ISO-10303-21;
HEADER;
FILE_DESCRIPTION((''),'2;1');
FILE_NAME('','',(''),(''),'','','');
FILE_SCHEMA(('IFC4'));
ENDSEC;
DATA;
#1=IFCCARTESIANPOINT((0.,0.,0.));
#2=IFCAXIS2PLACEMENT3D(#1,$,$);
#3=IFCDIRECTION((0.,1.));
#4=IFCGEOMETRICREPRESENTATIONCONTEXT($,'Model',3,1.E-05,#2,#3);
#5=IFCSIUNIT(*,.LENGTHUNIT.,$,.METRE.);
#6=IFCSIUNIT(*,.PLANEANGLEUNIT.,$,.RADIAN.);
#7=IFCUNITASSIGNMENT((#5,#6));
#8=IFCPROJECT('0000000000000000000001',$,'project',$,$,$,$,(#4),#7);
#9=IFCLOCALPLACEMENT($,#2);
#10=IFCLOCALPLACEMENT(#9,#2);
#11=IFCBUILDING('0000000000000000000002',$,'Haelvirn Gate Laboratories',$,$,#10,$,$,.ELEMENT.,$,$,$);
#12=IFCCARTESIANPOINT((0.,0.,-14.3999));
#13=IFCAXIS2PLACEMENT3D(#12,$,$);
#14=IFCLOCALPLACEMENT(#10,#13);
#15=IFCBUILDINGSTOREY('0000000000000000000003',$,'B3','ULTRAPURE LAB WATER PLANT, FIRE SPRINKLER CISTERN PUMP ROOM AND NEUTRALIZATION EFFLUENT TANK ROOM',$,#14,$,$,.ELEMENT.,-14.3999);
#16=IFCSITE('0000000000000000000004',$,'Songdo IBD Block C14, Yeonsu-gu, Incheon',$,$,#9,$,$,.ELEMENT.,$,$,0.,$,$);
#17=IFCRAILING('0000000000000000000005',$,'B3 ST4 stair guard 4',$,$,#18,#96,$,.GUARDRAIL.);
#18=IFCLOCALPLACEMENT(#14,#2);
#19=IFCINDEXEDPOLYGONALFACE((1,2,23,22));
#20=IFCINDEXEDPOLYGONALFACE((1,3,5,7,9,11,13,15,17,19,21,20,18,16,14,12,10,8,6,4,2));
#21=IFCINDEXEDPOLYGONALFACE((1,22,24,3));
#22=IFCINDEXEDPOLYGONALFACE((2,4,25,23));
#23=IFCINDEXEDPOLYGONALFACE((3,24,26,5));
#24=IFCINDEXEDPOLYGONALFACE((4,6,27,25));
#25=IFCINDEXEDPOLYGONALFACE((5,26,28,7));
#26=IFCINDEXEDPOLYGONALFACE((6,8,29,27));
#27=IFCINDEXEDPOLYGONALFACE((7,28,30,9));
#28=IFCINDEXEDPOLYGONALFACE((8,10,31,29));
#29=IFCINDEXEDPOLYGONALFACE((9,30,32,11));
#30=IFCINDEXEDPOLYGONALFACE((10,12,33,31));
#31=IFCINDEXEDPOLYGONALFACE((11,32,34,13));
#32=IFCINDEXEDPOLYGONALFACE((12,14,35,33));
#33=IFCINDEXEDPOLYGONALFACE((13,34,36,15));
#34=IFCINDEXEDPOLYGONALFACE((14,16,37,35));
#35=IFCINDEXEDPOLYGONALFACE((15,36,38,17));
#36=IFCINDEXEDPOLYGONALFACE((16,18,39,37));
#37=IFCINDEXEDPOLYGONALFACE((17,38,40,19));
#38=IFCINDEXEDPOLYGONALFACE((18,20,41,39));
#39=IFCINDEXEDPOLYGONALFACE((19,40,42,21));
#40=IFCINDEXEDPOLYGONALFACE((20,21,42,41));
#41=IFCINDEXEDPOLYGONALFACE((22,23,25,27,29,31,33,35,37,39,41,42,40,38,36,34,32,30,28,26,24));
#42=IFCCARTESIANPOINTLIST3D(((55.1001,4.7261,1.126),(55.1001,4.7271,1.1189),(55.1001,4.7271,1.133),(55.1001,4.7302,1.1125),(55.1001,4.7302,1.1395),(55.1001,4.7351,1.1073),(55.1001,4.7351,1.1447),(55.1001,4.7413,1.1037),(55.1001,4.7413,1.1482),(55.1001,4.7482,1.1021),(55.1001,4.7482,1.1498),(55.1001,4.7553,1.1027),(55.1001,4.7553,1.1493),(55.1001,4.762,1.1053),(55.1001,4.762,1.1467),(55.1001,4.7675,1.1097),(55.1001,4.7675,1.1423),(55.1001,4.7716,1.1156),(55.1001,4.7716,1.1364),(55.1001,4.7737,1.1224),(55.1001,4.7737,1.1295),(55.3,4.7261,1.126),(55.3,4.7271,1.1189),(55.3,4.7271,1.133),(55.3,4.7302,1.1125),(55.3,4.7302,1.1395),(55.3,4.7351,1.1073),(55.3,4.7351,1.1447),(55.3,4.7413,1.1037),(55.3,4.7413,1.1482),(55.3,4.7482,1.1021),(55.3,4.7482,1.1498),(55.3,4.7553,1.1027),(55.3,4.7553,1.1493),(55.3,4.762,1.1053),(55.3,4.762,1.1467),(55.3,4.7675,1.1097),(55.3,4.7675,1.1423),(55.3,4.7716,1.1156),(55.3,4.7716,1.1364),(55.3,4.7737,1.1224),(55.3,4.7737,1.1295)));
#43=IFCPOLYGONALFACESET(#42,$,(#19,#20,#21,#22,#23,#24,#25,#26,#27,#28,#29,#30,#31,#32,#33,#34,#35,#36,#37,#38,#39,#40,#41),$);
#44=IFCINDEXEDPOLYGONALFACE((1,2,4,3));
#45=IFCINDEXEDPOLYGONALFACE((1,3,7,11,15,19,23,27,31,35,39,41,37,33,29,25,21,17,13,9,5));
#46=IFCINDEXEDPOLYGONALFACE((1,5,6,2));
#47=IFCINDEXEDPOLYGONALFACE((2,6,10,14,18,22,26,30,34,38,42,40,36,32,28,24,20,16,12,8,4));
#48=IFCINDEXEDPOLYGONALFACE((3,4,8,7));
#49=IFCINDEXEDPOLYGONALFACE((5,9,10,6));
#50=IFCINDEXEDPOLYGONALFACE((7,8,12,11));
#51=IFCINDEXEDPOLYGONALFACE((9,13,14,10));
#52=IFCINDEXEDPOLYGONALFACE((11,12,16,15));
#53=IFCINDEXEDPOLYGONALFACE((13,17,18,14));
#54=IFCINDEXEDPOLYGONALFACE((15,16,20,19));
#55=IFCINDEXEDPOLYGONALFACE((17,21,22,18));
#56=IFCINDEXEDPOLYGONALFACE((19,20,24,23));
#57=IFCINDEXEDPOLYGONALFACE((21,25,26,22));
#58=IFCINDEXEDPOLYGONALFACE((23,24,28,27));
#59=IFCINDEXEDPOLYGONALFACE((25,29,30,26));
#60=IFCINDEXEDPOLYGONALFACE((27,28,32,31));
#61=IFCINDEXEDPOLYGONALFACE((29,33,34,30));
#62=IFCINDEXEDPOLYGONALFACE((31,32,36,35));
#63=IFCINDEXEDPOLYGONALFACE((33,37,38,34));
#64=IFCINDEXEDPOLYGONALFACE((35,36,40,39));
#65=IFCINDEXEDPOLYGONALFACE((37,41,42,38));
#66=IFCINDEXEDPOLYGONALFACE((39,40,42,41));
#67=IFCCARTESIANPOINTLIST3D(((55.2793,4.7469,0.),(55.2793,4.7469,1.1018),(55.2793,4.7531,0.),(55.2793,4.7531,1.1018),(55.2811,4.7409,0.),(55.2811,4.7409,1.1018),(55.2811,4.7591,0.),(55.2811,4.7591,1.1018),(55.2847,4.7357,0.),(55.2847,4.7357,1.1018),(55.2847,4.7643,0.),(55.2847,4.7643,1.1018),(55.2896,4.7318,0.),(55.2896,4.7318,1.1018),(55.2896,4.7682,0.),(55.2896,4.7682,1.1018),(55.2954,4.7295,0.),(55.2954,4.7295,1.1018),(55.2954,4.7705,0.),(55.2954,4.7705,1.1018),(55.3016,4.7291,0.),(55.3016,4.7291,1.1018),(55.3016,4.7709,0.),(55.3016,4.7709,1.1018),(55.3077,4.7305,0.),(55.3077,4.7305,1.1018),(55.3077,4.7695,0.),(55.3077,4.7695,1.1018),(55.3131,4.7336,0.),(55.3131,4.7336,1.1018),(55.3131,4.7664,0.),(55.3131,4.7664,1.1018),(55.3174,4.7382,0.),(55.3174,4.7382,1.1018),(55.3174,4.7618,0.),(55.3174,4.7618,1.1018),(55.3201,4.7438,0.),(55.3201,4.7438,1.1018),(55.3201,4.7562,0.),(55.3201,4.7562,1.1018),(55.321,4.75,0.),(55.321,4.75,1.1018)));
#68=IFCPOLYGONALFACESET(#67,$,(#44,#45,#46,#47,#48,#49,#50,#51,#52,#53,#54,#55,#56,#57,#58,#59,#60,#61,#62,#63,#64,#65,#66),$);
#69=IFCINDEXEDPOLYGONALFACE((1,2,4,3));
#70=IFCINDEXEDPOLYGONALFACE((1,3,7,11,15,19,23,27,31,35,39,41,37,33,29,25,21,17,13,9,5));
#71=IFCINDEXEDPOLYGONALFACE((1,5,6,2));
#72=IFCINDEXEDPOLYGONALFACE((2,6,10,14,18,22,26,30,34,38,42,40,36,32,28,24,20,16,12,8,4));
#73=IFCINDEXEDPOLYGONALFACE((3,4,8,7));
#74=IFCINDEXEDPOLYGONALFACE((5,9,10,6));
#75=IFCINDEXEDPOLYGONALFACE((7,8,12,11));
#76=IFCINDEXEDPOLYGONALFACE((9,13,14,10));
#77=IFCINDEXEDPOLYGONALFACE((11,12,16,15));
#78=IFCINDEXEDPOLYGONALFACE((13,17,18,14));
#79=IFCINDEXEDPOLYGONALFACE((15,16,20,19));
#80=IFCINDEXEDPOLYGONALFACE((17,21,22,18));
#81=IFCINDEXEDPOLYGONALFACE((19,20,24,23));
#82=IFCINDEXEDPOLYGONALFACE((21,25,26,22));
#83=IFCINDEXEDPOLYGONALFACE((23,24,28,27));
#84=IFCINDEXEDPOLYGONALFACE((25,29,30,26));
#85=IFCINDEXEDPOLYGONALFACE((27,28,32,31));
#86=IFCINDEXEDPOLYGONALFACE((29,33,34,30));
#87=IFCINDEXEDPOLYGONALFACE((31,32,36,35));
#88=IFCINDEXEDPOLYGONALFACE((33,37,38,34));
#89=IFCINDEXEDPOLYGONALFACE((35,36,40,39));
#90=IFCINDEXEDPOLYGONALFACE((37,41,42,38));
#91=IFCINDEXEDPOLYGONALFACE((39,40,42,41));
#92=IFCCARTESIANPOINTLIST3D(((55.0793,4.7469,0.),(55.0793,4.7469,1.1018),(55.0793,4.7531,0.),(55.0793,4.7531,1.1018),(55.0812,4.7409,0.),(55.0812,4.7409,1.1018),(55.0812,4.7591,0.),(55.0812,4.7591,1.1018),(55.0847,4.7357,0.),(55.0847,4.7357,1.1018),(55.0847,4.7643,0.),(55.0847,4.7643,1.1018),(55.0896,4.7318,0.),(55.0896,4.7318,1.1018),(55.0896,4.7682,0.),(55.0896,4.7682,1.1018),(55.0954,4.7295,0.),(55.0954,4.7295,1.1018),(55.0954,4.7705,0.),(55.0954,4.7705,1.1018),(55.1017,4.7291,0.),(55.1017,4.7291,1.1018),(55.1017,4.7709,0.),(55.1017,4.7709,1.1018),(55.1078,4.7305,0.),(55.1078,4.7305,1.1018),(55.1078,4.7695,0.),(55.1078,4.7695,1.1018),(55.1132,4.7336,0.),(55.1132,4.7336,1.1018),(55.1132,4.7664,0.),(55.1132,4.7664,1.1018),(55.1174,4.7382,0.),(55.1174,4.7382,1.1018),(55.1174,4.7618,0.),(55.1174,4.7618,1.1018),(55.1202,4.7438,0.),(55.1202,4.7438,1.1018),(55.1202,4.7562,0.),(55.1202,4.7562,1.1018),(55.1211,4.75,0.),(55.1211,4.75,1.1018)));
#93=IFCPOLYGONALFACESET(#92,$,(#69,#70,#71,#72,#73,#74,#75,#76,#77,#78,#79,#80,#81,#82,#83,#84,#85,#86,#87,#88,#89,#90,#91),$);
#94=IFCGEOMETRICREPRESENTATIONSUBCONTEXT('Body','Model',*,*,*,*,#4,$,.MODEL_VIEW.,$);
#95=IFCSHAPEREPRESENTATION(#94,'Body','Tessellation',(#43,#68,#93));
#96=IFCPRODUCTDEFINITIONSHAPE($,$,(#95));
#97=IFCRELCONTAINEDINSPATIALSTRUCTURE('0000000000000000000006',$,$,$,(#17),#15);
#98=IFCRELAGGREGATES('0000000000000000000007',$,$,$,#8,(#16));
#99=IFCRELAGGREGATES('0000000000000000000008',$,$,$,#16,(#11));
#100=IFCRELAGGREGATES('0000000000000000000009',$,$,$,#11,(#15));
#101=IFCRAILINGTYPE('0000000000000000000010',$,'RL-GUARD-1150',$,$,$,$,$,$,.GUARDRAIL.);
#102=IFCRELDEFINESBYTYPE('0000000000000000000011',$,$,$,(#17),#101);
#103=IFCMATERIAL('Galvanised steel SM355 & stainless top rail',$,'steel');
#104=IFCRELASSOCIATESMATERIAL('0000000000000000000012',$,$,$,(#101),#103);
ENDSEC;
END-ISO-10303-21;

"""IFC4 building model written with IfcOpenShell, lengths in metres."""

from ifc_helpers import new_model, si_unit, direction, frame, origin, origin_2d, place, context, subcontext, project, spatial, circle, extrude, source, transform, mapped, material, type_object, element, save


model = new_model("IFC4")

# Units and contexts
model_context = context("Model", 3, precision=1e-05, world=origin(), true_north=direction((0.0, 1.0)))
body_context = subcontext(model_context, "Body", "Model", "MODEL_VIEW")
ifc_project = project(units=[si_unit("LENGTHUNIT", "METRE"), si_unit("PLANEANGLEUNIT", "RADIAN")], contexts=[model_context])

# Site, building, storey
site_placement = place(None, origin())
site = spatial("IfcSite", under=ifc_project, at=site_placement, Name="Songdo IBD Block C14, Yeonsu-gu, Incheon", CompositionType="ELEMENT", RefElevation=0.0)
building_placement = place(site_placement, origin())
building = spatial("IfcBuilding", under=site, at=building_placement, Name="Haelvirn Gate Laboratories", CompositionType="ELEMENT")
storey_placement = place(building_placement, frame((0.0, 0.0, -14.3999)))
storey = spatial("IfcBuildingStorey", under=building, at=storey_placement, Name="B3", Description="ULTRAPURE LAB WATER PLANT, FIRE SPRINKLER CISTERN PUMP ROOM AND NEUTRALIZATION EFFLUENT TANK ROOM", CompositionType="ELEMENT", Elevation=-14.3999)

# Railing
ifc_material_1 = material(Name="Galvanised steel SM355 & stainless top rail", Category="steel")
railing_type = type_object("IfcRailingType", Name="RL-GUARD-1150", PredefinedType="GUARDRAIL", material=ifc_material_1)
shared_shape_1 = source(origin(), body_context, "Body", "SweptSolid", [
    extrude(circle(Radius=0.0239, at=origin_2d()), frame((0.0, 0.0, 1.126), z_axis=(-1.0, 0.0, 0.0), x_axis=(0.0, -1.0, 0.0)), (0.0, 0.0, 1.0), 0.2),
    extrude(circle(Radius=0.021, at=origin_2d()), origin(), (0.0, 0.0, 1.0), 1.1018),
    extrude(circle(Radius=0.021, at=origin_2d()), frame((-0.2, 0.0, 0.0)), (0.0, 0.0, 1.0), 1.1018),
])
railing_1_placement = place(storey_placement, frame((55.3, 4.75, 0.0)))
element("IfcRailing", 1, at=railing_1_placement, inside=storey, type_object=railing_type, Name="B3 ST4 stair guard 4", PredefinedType="GUARDRAIL", context=body_context, shape_type="MappedRepresentation", body=[
    mapped(shared_shape_1, transform((0.0, 0.0, 0.0), scale=1.0)),
])

save(model, "model.ifc")
